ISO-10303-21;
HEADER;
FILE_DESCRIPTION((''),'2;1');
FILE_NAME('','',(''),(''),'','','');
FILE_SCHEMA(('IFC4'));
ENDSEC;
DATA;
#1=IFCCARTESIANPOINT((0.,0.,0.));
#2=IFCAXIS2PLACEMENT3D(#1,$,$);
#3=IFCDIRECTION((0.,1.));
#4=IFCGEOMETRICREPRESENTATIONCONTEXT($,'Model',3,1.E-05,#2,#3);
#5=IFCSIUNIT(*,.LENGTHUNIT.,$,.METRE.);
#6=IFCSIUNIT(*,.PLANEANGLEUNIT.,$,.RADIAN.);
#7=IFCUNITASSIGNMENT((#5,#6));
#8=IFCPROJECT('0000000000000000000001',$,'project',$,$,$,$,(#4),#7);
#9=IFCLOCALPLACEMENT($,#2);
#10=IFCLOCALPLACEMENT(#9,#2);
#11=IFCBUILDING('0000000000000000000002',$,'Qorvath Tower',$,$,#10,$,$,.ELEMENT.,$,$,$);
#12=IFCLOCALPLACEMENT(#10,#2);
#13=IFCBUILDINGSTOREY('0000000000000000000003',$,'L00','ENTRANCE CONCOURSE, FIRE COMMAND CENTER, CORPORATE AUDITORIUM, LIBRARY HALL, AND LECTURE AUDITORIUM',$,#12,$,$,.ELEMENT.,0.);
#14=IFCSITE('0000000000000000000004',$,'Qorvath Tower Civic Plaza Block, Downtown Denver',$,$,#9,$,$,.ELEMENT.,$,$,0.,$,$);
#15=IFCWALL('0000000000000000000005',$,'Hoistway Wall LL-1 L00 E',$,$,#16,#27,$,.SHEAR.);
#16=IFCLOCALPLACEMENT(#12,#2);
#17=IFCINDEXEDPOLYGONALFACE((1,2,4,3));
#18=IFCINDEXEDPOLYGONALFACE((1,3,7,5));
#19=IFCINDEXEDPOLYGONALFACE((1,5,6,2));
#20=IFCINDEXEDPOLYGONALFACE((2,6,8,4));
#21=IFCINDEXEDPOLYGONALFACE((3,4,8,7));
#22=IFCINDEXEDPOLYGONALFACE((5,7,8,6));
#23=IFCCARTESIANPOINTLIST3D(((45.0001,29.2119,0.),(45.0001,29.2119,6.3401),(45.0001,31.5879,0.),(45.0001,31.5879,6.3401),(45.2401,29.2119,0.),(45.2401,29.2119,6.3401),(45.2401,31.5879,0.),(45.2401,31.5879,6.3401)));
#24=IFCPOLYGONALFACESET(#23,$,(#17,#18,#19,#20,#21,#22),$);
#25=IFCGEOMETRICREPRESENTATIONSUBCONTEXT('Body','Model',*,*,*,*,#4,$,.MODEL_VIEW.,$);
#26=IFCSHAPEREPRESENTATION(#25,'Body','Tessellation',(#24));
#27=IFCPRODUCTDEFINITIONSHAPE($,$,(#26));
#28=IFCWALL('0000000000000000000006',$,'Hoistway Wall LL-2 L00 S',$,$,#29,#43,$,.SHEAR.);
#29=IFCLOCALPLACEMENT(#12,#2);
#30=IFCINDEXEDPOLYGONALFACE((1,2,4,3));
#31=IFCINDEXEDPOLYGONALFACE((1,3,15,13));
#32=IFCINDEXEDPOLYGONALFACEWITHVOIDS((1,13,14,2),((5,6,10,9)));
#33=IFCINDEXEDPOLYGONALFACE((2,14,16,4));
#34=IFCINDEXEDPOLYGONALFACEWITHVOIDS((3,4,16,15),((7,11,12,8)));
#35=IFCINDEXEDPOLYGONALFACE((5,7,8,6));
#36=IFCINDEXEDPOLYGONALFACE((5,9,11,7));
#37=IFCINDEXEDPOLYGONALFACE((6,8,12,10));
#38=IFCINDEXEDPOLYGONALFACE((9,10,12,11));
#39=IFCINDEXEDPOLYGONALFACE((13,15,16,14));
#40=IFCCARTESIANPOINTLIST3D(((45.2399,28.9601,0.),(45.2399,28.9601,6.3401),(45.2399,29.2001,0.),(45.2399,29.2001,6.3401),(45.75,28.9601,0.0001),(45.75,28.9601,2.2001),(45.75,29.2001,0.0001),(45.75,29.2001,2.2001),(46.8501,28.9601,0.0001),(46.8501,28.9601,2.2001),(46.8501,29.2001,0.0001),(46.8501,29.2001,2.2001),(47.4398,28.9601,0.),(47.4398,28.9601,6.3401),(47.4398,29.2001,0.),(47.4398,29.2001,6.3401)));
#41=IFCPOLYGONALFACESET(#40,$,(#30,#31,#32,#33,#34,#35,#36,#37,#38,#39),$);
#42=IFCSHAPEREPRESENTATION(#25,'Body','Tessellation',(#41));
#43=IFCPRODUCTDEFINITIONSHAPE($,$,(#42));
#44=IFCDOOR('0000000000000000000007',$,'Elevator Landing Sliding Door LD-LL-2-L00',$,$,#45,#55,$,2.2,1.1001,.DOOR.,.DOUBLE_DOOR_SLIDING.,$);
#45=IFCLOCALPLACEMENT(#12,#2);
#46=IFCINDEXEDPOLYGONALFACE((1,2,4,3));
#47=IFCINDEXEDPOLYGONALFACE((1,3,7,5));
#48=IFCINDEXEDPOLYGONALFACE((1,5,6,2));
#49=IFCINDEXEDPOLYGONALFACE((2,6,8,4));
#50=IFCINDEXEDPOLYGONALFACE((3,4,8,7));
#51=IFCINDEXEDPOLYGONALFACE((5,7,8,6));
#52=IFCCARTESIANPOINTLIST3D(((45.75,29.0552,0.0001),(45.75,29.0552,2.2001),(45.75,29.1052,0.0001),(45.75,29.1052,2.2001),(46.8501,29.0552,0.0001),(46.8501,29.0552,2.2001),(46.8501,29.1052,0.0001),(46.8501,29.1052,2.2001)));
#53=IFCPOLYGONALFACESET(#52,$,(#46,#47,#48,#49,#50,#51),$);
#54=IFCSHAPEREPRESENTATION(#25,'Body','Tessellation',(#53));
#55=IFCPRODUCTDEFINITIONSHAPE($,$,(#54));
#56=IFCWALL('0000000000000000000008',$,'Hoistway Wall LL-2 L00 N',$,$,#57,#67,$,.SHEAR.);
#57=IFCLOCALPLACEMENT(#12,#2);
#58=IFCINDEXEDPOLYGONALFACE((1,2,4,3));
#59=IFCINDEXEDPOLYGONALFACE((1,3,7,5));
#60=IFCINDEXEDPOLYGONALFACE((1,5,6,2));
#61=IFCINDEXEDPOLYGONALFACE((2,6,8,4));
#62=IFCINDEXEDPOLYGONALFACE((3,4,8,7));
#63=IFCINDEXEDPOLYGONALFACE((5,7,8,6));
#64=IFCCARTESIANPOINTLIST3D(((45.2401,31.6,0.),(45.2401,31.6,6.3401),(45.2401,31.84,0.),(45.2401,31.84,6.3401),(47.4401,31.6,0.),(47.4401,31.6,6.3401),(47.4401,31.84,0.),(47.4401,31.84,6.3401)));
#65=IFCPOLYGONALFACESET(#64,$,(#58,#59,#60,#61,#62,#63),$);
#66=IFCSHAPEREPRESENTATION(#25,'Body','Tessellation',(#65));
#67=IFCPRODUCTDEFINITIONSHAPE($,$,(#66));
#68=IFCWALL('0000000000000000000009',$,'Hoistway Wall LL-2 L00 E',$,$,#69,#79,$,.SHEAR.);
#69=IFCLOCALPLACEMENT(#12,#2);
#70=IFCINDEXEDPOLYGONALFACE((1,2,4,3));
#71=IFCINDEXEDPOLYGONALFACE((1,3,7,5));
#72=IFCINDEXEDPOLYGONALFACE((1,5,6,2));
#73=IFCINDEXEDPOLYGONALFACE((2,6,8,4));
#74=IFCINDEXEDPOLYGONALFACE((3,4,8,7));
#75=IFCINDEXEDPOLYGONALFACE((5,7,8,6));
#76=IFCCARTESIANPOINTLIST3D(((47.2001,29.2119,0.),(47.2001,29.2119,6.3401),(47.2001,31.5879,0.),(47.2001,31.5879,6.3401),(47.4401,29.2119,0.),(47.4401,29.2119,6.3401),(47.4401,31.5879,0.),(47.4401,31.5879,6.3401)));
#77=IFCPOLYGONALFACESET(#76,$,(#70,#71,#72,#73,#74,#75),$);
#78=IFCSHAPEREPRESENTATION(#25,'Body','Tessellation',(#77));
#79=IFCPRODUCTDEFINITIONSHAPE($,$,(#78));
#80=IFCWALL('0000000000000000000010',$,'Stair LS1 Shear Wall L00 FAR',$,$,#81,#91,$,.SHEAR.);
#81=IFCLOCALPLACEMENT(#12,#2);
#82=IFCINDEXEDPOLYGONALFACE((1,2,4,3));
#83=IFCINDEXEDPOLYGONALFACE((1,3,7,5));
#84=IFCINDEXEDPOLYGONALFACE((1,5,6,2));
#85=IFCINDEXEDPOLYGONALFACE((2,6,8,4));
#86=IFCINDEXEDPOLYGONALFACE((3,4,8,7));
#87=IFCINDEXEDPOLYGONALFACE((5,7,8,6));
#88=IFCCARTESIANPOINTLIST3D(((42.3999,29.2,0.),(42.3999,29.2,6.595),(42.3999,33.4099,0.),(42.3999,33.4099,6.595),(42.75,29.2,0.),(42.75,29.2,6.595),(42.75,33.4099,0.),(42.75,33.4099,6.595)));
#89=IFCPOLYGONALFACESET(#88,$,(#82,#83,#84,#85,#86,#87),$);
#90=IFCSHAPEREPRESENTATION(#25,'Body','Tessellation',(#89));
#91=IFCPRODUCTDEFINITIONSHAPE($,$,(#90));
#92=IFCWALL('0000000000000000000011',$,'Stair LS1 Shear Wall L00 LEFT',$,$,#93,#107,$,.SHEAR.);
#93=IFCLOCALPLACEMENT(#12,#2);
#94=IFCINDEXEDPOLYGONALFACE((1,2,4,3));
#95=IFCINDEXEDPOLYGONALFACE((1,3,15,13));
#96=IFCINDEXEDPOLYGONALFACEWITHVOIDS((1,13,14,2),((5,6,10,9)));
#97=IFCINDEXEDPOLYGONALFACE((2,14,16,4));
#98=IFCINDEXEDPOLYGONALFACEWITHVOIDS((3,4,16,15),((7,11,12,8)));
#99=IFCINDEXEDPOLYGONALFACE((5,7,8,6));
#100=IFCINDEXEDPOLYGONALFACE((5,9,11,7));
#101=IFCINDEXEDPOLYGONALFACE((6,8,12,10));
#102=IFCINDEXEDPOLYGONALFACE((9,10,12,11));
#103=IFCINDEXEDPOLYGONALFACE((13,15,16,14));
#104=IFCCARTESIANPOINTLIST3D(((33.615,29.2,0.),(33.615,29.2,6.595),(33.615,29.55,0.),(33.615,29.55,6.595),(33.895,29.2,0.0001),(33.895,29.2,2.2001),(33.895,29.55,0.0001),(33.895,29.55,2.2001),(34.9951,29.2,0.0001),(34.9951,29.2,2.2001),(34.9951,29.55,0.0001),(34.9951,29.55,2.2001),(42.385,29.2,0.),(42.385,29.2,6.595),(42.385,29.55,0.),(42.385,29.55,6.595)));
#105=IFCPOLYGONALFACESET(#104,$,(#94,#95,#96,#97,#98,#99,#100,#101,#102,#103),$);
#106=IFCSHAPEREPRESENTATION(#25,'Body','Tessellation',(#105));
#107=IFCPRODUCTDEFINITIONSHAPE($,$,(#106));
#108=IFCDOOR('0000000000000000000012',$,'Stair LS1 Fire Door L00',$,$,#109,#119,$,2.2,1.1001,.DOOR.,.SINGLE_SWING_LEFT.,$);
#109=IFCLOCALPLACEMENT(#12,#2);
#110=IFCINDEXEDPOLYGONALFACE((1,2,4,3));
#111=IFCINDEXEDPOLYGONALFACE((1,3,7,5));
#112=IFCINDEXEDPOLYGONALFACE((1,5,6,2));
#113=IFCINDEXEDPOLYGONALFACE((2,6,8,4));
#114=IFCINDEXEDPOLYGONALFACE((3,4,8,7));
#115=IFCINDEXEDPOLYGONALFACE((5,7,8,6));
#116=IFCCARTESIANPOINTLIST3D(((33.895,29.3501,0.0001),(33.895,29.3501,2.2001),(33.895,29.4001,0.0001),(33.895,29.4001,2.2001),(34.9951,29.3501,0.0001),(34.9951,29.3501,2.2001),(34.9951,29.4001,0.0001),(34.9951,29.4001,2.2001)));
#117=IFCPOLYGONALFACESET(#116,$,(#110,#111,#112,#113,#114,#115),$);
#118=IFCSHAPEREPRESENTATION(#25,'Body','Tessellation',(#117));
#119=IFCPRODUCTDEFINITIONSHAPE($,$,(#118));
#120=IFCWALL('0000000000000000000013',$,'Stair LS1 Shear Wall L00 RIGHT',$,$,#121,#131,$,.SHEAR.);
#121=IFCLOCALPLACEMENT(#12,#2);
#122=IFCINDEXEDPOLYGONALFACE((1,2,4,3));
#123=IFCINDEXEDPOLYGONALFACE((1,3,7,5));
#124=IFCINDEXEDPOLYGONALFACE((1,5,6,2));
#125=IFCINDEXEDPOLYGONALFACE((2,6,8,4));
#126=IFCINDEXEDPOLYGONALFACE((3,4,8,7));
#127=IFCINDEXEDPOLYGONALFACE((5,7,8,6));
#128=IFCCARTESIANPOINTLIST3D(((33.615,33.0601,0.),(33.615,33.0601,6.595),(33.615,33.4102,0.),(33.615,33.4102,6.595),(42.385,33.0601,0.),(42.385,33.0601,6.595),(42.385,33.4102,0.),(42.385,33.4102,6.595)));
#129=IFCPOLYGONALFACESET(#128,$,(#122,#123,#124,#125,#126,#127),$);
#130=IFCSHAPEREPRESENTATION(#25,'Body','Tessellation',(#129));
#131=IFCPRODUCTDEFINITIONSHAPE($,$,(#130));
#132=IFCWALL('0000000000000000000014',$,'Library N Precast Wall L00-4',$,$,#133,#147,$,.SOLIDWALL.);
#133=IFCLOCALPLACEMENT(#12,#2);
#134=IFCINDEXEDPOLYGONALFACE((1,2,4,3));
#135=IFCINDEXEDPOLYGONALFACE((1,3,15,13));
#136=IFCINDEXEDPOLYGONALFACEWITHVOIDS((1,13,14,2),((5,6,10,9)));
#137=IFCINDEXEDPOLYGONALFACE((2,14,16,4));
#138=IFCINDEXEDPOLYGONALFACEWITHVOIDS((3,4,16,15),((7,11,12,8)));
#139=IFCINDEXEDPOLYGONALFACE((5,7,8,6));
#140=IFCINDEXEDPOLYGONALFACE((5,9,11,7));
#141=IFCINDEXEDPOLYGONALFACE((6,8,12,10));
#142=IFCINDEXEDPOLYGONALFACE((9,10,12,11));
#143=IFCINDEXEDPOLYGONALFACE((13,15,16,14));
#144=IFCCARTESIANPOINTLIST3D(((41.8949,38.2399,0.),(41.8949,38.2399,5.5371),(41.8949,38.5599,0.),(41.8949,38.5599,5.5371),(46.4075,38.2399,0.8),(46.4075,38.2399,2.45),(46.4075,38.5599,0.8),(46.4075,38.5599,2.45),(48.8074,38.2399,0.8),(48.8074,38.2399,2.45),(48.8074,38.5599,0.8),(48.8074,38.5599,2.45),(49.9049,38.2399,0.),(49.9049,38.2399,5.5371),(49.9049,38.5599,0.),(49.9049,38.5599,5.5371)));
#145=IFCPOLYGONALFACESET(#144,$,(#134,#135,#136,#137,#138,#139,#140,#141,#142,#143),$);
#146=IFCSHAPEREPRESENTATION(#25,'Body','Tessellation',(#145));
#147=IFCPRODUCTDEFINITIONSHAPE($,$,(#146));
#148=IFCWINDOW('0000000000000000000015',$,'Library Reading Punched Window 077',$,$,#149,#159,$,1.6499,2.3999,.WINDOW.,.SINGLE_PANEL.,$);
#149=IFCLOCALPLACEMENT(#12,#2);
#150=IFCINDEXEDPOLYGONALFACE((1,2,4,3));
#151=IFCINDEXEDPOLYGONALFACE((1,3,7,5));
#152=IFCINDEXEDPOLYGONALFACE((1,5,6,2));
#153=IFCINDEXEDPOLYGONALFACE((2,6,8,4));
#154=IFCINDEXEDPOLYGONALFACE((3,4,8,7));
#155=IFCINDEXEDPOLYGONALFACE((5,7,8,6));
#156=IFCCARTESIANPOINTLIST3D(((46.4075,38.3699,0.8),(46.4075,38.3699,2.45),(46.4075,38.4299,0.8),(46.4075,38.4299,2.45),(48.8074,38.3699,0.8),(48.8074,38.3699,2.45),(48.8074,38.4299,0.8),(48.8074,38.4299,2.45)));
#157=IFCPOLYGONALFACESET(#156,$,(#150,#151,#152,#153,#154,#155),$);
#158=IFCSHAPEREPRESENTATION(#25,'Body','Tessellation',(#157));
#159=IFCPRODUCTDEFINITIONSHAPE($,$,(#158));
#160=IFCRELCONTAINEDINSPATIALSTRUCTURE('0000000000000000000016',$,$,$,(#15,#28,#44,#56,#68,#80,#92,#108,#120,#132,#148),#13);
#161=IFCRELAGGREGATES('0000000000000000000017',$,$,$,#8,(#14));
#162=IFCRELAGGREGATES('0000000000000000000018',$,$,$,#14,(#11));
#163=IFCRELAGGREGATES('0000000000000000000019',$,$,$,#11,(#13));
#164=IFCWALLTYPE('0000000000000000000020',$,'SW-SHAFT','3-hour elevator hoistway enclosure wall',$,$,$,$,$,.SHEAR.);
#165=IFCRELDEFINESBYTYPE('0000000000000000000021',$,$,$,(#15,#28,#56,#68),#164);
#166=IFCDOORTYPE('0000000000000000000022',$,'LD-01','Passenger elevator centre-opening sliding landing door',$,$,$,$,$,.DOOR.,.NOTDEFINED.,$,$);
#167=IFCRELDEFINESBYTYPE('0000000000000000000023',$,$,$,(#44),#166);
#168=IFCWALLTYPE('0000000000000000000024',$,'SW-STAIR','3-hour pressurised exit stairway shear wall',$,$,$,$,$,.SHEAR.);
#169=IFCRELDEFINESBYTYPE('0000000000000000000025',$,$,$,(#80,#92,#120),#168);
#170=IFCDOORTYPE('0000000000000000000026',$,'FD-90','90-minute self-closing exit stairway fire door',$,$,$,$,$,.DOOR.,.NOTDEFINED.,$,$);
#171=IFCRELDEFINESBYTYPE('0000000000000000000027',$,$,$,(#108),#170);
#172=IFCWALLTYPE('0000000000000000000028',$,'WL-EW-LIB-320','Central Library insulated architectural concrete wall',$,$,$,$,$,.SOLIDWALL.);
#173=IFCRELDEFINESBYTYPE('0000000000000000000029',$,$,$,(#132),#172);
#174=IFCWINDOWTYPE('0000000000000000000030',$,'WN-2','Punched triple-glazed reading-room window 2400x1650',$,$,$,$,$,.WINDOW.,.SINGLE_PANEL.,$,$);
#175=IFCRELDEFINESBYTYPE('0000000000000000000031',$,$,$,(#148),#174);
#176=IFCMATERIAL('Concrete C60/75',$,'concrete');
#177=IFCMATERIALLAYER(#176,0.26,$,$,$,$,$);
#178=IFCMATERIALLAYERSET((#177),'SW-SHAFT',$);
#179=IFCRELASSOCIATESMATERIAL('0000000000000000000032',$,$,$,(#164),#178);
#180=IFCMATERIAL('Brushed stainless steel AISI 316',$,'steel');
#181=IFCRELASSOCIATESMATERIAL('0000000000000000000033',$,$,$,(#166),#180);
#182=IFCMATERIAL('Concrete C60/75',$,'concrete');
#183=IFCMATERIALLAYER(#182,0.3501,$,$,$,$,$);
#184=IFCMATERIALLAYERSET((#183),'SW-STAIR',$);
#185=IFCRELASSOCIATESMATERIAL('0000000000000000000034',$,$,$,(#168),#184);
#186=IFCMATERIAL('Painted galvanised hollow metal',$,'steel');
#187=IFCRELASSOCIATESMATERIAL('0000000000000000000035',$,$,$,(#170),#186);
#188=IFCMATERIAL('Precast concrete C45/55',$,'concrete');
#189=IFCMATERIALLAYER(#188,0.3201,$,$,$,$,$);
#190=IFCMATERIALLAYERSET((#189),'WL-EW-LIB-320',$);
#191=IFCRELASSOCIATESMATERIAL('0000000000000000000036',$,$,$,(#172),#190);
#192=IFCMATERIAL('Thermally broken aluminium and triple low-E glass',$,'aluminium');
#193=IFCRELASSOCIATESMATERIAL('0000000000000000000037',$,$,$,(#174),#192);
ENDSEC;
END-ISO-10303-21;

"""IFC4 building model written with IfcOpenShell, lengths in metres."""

from ifc_helpers import new_model, si_unit, direction, frame, frame_2d, origin, place, context, subcontext, project, spatial, rectangle, extrude, material, layer, layer_set, type_object, element, fill, save


model = new_model("IFC4")

# Units and contexts
model_context = context("Model", 3, precision=1e-05, world=origin(), true_north=direction((0.0, 1.0)))
body_context = subcontext(model_context, "Body", "Model", "MODEL_VIEW")
ifc_project = project(units=[si_unit("LENGTHUNIT", "METRE"), si_unit("PLANEANGLEUNIT", "RADIAN")], contexts=[model_context])

# Site, building, storey
site_placement = place(None, origin())
site = spatial("IfcSite", under=ifc_project, at=site_placement, Name="Qorvath Tower Civic Plaza Block, Downtown Denver", CompositionType="ELEMENT", RefElevation=0.0)
building_placement = place(site_placement, origin())
building = spatial("IfcBuilding", under=site, at=building_placement, Name="Qorvath Tower", CompositionType="ELEMENT")
storey_placement = place(building_placement, origin())
storey = spatial("IfcBuildingStorey", under=building, at=storey_placement, Name="L00", Description="ENTRANCE CONCOURSE, FIRE COMMAND CENTER, CORPORATE AUDITORIUM, LIBRARY HALL, AND LECTURE AUDITORIUM", CompositionType="ELEMENT", Elevation=0.0)

# Shared definitions
ifc_material_1 = material(Name="Concrete C60/75", Category="concrete")
ifc_layer_1 = layer(ifc_material_1, 0.26)
ifc_layer_set_1 = layer_set([ifc_layer_1], Name="SW-SHAFT")
wall_type_1 = type_object("IfcWallType", Name="SW-SHAFT", Description="3-hour elevator hoistway enclosure wall", PredefinedType="SHEAR", material=ifc_layer_set_1)
ifc_material_2 = material(Name="Brushed stainless steel AISI 316", Category="steel")
door_type_1 = type_object("IfcDoorType", Name="LD-01", Description="Passenger elevator centre-opening sliding landing door", OperationType="NOTDEFINED", PredefinedType="DOOR", material=ifc_material_2)

# Wall
for number, where, z_axis, x_axis, name in (
    (1, (45.1201, 31.5879, 0.0), (0.0, 0.0, 1.0), (0.0, -1.0, 0.0), "Hoistway Wall LL-1 L00 E"),
):
    element("IfcWall", number, at=place(storey_placement, frame(where, z_axis=z_axis, x_axis=x_axis)), inside=storey, type_object=wall_type_1, Name=name, PredefinedType="SHEAR", context=body_context, shape_type="SweptSolid", body=[
        extrude(rectangle(XDim=2.376, YDim=0.24, at=frame_2d((1.188, 0.0))), origin(), (0.0, 0.0, 1.0), 6.3401),
    ])

# Wall, opening, door
wall_1_placement = place(storey_placement, frame((47.4399, 29.0801, 0.0), z_axis=(0.0, 0.0, 1.0), x_axis=(-1.0, 0.0, 0.0)))
wall_1 = element("IfcWall", 2, at=wall_1_placement, inside=storey, type_object=wall_type_1, Name="Hoistway Wall LL-2 L00 S", PredefinedType="SHEAR", context=body_context, shape_type="SweptSolid", body=[
    extrude(rectangle(XDim=2.2, YDim=0.24, at=frame_2d((1.1001, 0.0))), origin(), (0.0, 0.0, 1.0), 6.3401),
])
opening_1_placement = place(wall_1_placement, frame((0.5898, 0.0, 0.0)))
opening_1 = element("IfcOpeningElement", 3, at=opening_1_placement, cuts=wall_1, PredefinedType="OPENING", context=body_context, shape_type="SweptSolid", body=[
    extrude(rectangle(XDim=1.1001, YDim=2.2, at=frame_2d((0.55, 1.1001))), frame((0.0, 0.1299, 0.0), z_axis=(0.0, -1.0, 0.0), x_axis=(1.0, 0.0, 0.0)), (0.0, 0.0, 1.0), 0.26),
])
door_1_placement = place(opening_1_placement, origin())
door_1 = element("IfcDoor", 4, at=door_1_placement, inside=storey, type_object=door_type_1, Name="Elevator Landing Sliding Door LD-LL-2-L00", OperationType="DOUBLE_DOOR_SLIDING", OverallHeight=2.2, OverallWidth=1.1001, PredefinedType="DOOR", context=body_context, shape_type="SweptSolid", body=[
    extrude(rectangle(XDim=1.1001, YDim=2.2, at=frame_2d((0.55, 1.1001))), frame((0.0, 0.0249, 0.0), z_axis=(0.0, -1.0, 0.0), x_axis=(1.0, 0.0, 0.0)), (0.0, 0.0, 1.0), 0.05),
])
fill(opening_1, door_1)

# Walls
wall_2_placement = place(storey_placement, frame((45.24, 31.72, 0.0), z_axis=(0.0, 0.0, 1.0), x_axis=(1.0, 0.0, 0.0)))
element("IfcWall", 5, at=wall_2_placement, inside=storey, type_object=wall_type_1, Name="Hoistway Wall LL-2 L00 N", PredefinedType="SHEAR", context=body_context, shape_type="SweptSolid", body=[
    extrude(rectangle(XDim=2.2, YDim=0.24, at=frame_2d((1.1001, 0.0))), origin(), (0.0, 0.0, 1.0), 6.3401),
])
wall_3_placement = place(storey_placement, frame((47.3201, 31.5879, 0.0), z_axis=(0.0, 0.0, 1.0), x_axis=(0.0, -1.0, 0.0)))
element("IfcWall", 6, at=wall_3_placement, inside=storey, type_object=wall_type_1, Name="Hoistway Wall LL-2 L00 E", PredefinedType="SHEAR", context=body_context, shape_type="SweptSolid", body=[
    extrude(rectangle(XDim=2.376, YDim=0.24, at=frame_2d((1.188, 0.0))), origin(), (0.0, 0.0, 1.0), 6.3401),
])
ifc_material_3 = material(Name="Concrete C60/75", Category="concrete")
ifc_layer_2 = layer(ifc_material_3, 0.3501)
ifc_layer_set_2 = layer_set([ifc_layer_2], Name="SW-STAIR")
wall_type_2 = type_object("IfcWallType", Name="SW-STAIR", Description="3-hour pressurised exit stairway shear wall", PredefinedType="SHEAR", material=ifc_layer_set_2)
wall_4_placement = place(storey_placement, frame((42.575, 29.2, 0.0), z_axis=(0.0, 0.0, 1.0), x_axis=(0.0, 1.0, 0.0)))
element("IfcWall", 7, at=wall_4_placement, inside=storey, type_object=wall_type_2, Name="Stair LS1 Shear Wall L00 FAR", PredefinedType="SHEAR", context=body_context, shape_type="SweptSolid", body=[
    extrude(rectangle(XDim=4.21, YDim=0.3501, at=frame_2d((2.105, 0.0))), origin(), (0.0, 0.0, 1.0), 6.595),
])

# Wall, opening, door
wall_5_placement = place(storey_placement, frame((42.385, 29.375, 0.0), z_axis=(0.0, 0.0, 1.0), x_axis=(-1.0, 0.0, 0.0)))
wall_5 = element("IfcWall", 8, at=wall_5_placement, inside=storey, type_object=wall_type_2, Name="Stair LS1 Shear Wall L00 LEFT", PredefinedType="SHEAR", context=body_context, shape_type="SweptSolid", body=[
    extrude(rectangle(XDim=8.77, YDim=0.3501, at=frame_2d((4.385, 0.0))), origin(), (0.0, 0.0, 1.0), 6.595),
])
opening_2_placement = place(wall_5_placement, frame((7.3899, 0.0, 0.0)))
opening_2 = element("IfcOpeningElement", 9, at=opening_2_placement, cuts=wall_5, PredefinedType="OPENING", context=body_context, shape_type="SweptSolid", body=[
    extrude(rectangle(XDim=1.1001, YDim=2.2, at=frame_2d((0.55, 1.1001))), frame((0.0, 0.1851, 0.0), z_axis=(0.0, -1.0, 0.0), x_axis=(1.0, 0.0, 0.0)), (0.0, 0.0, 1.0), 0.3701),
])
ifc_material_4 = material(Name="Painted galvanised hollow metal", Category="steel")
door_type_2 = type_object("IfcDoorType", Name="FD-90", Description="90-minute self-closing exit stairway fire door", OperationType="NOTDEFINED", PredefinedType="DOOR", material=ifc_material_4)
door_2_placement = place(opening_2_placement, origin())
door_2 = element("IfcDoor", 10, at=door_2_placement, inside=storey, type_object=door_type_2, Name="Stair LS1 Fire Door L00", OperationType="SINGLE_SWING_LEFT", OverallHeight=2.2, OverallWidth=1.1001, PredefinedType="DOOR", context=body_context, shape_type="SweptSolid", body=[
    extrude(rectangle(XDim=1.1001, YDim=2.2, at=frame_2d((0.55, 1.1001))), frame((0.0, 0.0249, 0.0), z_axis=(0.0, -1.0, 0.0), x_axis=(1.0, 0.0, 0.0)), (0.0, 0.0, 1.0), 0.05),
])
fill(opening_2, door_2)

# Wall
wall_6_placement = place(storey_placement, frame((42.385, 33.2351, 0.0), z_axis=(0.0, 0.0, 1.0), x_axis=(-1.0, 0.0, 0.0)))
element("IfcWall", 11, at=wall_6_placement, inside=storey, type_object=wall_type_2, Name="Stair LS1 Shear Wall L00 RIGHT", PredefinedType="SHEAR", context=body_context, shape_type="SweptSolid", body=[
    extrude(rectangle(XDim=8.77, YDim=0.3501, at=frame_2d((4.385, 0.0))), origin(), (0.0, 0.0, 1.0), 6.595),
])

# Wall, opening, window
ifc_material_5 = material(Name="Precast concrete C45/55", Category="concrete")
ifc_layer_3 = layer(ifc_material_5, 0.3201)
ifc_layer_set_3 = layer_set([ifc_layer_3], Name="WL-EW-LIB-320")
wall_type_3 = type_object("IfcWallType", Name="WL-EW-LIB-320", Description="Central Library insulated architectural concrete wall", PredefinedType="SOLIDWALL", material=ifc_layer_set_3)
wall_7_placement = place(storey_placement, frame((41.895, 38.3999, 0.0), z_axis=(0.0, 0.0, 1.0), x_axis=(1.0, 0.0, 0.0)))
wall_7 = element("IfcWall", 12, at=wall_7_placement, inside=storey, type_object=wall_type_3, Name="Library N Precast Wall L00-4", PredefinedType="SOLIDWALL", context=body_context, shape_type="SweptSolid", body=[
    extrude(rectangle(XDim=8.01, YDim=0.3201, at=frame_2d((4.0049, 0.0))), origin(), (0.0, 0.0, 1.0), 5.5371),
])
opening_3_placement = place(wall_7_placement, frame((4.5125, 0.0, 0.8)))
opening_3 = element("IfcOpeningElement", 13, at=opening_3_placement, cuts=wall_7, PredefinedType="OPENING", context=body_context, shape_type="SweptSolid", body=[
    extrude(rectangle(XDim=2.3999, YDim=1.6499, at=frame_2d((1.2, 0.825))), frame((0.0, 0.1699, 0.0), z_axis=(0.0, -1.0, 0.0), x_axis=(1.0, 0.0, 0.0)), (0.0, 0.0, 1.0), 0.3401),
])
ifc_material_6 = material(Name="Thermally broken aluminium and triple low-E glass", Category="aluminium")
window_type = type_object("IfcWindowType", Name="WN-2", Description="Punched triple-glazed reading-room window 2400x1650", PartitioningType="SINGLE_PANEL", PredefinedType="WINDOW", material=ifc_material_6)
window_placement = place(opening_3_placement, origin())
window = element("IfcWindow", 14, at=window_placement, inside=storey, type_object=window_type, Name="Library Reading Punched Window 077", OverallHeight=1.6499, OverallWidth=2.3999, PartitioningType="SINGLE_PANEL", PredefinedType="WINDOW", context=body_context, shape_type="SweptSolid", body=[
    extrude(rectangle(XDim=2.3999, YDim=1.6499, at=frame_2d((1.2, 0.825))), frame((0.0, 0.03, 0.0), z_axis=(0.0, -1.0, 0.0), x_axis=(1.0, 0.0, 0.0)), (0.0, 0.0, 1.0), 0.0601),
])
fill(opening_3, window)

save(model, "model.ifc")
